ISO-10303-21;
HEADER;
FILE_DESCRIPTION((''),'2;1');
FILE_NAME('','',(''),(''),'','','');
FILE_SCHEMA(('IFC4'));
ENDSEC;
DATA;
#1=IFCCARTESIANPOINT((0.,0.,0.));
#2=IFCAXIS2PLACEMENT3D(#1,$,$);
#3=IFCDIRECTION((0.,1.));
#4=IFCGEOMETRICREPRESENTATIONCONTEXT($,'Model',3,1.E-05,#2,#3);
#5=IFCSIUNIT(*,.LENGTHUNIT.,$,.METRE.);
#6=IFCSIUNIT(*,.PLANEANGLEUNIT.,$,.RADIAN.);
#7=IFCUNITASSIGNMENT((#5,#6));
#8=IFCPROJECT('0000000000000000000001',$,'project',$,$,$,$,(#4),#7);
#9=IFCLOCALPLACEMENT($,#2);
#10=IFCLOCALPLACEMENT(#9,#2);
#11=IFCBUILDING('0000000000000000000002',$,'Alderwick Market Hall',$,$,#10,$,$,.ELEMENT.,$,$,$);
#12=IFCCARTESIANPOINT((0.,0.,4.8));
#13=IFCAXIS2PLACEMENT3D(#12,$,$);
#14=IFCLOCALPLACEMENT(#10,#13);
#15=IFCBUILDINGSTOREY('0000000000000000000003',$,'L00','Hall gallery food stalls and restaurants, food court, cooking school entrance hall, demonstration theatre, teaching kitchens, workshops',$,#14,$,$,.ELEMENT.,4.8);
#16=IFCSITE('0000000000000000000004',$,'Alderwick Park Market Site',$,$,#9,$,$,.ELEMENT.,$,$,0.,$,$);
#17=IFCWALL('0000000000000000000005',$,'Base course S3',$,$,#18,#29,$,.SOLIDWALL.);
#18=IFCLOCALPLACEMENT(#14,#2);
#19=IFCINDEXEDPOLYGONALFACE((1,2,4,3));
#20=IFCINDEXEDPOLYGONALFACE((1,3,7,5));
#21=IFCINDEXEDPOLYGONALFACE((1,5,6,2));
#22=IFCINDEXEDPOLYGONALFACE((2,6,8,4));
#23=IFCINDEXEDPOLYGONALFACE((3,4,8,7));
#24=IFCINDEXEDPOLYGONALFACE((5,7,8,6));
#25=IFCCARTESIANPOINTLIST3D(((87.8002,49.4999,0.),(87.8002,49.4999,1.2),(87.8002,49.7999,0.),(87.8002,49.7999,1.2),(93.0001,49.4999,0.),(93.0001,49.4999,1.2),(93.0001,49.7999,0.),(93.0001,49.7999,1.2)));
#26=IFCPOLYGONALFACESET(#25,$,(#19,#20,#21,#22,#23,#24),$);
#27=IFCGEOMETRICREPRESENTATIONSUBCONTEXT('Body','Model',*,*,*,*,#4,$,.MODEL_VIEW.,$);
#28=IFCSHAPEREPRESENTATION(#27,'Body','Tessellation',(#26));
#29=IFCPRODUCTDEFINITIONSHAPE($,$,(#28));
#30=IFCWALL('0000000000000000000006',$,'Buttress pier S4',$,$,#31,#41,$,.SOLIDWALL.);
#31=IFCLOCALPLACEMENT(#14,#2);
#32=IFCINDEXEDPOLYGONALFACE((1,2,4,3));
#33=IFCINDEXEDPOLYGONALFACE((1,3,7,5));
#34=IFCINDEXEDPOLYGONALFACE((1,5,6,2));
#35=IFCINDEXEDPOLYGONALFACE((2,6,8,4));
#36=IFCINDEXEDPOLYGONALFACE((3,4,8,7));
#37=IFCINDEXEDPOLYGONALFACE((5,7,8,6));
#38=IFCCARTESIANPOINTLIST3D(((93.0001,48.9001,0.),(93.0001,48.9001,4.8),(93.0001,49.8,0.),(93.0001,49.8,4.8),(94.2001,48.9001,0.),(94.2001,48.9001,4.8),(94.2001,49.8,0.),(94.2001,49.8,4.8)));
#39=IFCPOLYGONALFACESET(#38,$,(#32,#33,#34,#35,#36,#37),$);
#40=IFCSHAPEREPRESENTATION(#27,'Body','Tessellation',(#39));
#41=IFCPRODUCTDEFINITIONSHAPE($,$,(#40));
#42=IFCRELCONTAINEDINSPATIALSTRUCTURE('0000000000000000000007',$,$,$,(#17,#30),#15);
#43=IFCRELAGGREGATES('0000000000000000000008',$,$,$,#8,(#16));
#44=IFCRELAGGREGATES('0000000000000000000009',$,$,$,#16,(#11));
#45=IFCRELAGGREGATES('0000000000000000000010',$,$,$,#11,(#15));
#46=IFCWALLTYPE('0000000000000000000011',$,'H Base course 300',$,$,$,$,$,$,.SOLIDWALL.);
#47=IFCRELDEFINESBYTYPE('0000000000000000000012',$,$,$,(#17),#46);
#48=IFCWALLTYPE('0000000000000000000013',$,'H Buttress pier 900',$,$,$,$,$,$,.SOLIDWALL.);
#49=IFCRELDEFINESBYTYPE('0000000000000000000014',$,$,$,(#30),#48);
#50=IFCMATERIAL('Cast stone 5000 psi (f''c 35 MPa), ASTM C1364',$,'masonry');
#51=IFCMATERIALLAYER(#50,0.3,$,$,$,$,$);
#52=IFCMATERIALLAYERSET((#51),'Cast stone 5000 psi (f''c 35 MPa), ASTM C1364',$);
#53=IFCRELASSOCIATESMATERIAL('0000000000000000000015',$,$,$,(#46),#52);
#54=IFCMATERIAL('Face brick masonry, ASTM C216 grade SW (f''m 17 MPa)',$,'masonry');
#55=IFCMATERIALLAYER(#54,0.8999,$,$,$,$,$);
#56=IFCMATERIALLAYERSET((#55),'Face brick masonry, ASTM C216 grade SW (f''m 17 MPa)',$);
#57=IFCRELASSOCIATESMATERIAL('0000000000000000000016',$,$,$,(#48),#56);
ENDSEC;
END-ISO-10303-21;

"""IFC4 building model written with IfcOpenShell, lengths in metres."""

from ifc_helpers import new_model, si_unit, direction, frame, frame_2d, origin, place, context, subcontext, project, spatial, rectangle, extrude, material, layer, layer_set, type_object, element, save


model = new_model("IFC4")

# Units and contexts
model_context = context("Model", 3, precision=1e-05, world=origin(), true_north=direction((0.0, 1.0)))
body_context = subcontext(model_context, "Body", "Model", "MODEL_VIEW")
ifc_project = project(units=[si_unit("LENGTHUNIT", "METRE"), si_unit("PLANEANGLEUNIT", "RADIAN")], contexts=[model_context])

# Site, building, storey
site_placement = place(None, origin())
site = spatial("IfcSite", under=ifc_project, at=site_placement, Name="Alderwick Park Market Site", CompositionType="ELEMENT", RefElevation=0.0)
building_placement = place(site_placement, origin())
building = spatial("IfcBuilding", under=site, at=building_placement, Name="Alderwick Market Hall", CompositionType="ELEMENT")
storey_placement = place(building_placement, frame((0.0, 0.0, 4.8)))
storey = spatial("IfcBuildingStorey", under=building, at=storey_placement, Name="L00", Description="Hall gallery food stalls and restaurants, food court, cooking school entrance hall, demonstration theatre, teaching kitchens, workshops", CompositionType="ELEMENT", Elevation=4.8)

# Walls
ifc_material_1 = material(Name="Cast stone 5000 psi (f'c 35 MPa), ASTM C1364", Category="masonry")
ifc_layer_1 = layer(ifc_material_1, 0.3)
ifc_layer_set_1 = layer_set([ifc_layer_1], Name="Cast stone 5000 psi (f'c 35 MPa), ASTM C1364")
wall_type_1 = type_object("IfcWallType", Name="H Base course 300", PredefinedType="SOLIDWALL", material=ifc_layer_set_1)
for number, where, z_axis, x_axis, name in (
    (1, (87.8, 49.6499, 0.0), (0.0, 0.0, 1.0), (1.0, 0.0, 0.0), "Base course S3"),
):
    element("IfcWall", number, at=place(storey_placement, frame(where, z_axis=z_axis, x_axis=x_axis)), inside=storey, type_object=wall_type_1, Name=name, PredefinedType="SOLIDWALL", context=body_context, shape_type="SweptSolid", body=[
        extrude(rectangle(XDim=5.2, YDim=0.3, at=frame_2d((2.6001, 0.0))), origin(), (0.0, 0.0, 1.0), 1.2),
    ])
ifc_material_2 = material(Name="Face brick masonry, ASTM C216 grade SW (f'm 17 MPa)", Category="masonry")
ifc_layer_2 = layer(ifc_material_2, 0.8999)
ifc_layer_set_2 = layer_set([ifc_layer_2], Name="Face brick masonry, ASTM C216 grade SW (f'm 17 MPa)")
wall_type_2 = type_object("IfcWallType", Name="H Buttress pier 900", PredefinedType="SOLIDWALL", material=ifc_layer_set_2)
wall_1_placement = place(storey_placement, frame((93.0, 49.3501, 0.0), z_axis=(0.0, 0.0, 1.0), x_axis=(1.0, 0.0, 0.0)))
element("IfcWall", 2, at=wall_1_placement, inside=storey, type_object=wall_type_2, Name="Buttress pier S4", PredefinedType="SOLIDWALL", context=body_context, shape_type="SweptSolid", body=[
    extrude(rectangle(XDim=1.2, YDim=0.8999, at=frame_2d((0.6001, 0.0))), origin(), (0.0, 0.0, 1.0), 4.8),
])

save(model, "model.ifc")
